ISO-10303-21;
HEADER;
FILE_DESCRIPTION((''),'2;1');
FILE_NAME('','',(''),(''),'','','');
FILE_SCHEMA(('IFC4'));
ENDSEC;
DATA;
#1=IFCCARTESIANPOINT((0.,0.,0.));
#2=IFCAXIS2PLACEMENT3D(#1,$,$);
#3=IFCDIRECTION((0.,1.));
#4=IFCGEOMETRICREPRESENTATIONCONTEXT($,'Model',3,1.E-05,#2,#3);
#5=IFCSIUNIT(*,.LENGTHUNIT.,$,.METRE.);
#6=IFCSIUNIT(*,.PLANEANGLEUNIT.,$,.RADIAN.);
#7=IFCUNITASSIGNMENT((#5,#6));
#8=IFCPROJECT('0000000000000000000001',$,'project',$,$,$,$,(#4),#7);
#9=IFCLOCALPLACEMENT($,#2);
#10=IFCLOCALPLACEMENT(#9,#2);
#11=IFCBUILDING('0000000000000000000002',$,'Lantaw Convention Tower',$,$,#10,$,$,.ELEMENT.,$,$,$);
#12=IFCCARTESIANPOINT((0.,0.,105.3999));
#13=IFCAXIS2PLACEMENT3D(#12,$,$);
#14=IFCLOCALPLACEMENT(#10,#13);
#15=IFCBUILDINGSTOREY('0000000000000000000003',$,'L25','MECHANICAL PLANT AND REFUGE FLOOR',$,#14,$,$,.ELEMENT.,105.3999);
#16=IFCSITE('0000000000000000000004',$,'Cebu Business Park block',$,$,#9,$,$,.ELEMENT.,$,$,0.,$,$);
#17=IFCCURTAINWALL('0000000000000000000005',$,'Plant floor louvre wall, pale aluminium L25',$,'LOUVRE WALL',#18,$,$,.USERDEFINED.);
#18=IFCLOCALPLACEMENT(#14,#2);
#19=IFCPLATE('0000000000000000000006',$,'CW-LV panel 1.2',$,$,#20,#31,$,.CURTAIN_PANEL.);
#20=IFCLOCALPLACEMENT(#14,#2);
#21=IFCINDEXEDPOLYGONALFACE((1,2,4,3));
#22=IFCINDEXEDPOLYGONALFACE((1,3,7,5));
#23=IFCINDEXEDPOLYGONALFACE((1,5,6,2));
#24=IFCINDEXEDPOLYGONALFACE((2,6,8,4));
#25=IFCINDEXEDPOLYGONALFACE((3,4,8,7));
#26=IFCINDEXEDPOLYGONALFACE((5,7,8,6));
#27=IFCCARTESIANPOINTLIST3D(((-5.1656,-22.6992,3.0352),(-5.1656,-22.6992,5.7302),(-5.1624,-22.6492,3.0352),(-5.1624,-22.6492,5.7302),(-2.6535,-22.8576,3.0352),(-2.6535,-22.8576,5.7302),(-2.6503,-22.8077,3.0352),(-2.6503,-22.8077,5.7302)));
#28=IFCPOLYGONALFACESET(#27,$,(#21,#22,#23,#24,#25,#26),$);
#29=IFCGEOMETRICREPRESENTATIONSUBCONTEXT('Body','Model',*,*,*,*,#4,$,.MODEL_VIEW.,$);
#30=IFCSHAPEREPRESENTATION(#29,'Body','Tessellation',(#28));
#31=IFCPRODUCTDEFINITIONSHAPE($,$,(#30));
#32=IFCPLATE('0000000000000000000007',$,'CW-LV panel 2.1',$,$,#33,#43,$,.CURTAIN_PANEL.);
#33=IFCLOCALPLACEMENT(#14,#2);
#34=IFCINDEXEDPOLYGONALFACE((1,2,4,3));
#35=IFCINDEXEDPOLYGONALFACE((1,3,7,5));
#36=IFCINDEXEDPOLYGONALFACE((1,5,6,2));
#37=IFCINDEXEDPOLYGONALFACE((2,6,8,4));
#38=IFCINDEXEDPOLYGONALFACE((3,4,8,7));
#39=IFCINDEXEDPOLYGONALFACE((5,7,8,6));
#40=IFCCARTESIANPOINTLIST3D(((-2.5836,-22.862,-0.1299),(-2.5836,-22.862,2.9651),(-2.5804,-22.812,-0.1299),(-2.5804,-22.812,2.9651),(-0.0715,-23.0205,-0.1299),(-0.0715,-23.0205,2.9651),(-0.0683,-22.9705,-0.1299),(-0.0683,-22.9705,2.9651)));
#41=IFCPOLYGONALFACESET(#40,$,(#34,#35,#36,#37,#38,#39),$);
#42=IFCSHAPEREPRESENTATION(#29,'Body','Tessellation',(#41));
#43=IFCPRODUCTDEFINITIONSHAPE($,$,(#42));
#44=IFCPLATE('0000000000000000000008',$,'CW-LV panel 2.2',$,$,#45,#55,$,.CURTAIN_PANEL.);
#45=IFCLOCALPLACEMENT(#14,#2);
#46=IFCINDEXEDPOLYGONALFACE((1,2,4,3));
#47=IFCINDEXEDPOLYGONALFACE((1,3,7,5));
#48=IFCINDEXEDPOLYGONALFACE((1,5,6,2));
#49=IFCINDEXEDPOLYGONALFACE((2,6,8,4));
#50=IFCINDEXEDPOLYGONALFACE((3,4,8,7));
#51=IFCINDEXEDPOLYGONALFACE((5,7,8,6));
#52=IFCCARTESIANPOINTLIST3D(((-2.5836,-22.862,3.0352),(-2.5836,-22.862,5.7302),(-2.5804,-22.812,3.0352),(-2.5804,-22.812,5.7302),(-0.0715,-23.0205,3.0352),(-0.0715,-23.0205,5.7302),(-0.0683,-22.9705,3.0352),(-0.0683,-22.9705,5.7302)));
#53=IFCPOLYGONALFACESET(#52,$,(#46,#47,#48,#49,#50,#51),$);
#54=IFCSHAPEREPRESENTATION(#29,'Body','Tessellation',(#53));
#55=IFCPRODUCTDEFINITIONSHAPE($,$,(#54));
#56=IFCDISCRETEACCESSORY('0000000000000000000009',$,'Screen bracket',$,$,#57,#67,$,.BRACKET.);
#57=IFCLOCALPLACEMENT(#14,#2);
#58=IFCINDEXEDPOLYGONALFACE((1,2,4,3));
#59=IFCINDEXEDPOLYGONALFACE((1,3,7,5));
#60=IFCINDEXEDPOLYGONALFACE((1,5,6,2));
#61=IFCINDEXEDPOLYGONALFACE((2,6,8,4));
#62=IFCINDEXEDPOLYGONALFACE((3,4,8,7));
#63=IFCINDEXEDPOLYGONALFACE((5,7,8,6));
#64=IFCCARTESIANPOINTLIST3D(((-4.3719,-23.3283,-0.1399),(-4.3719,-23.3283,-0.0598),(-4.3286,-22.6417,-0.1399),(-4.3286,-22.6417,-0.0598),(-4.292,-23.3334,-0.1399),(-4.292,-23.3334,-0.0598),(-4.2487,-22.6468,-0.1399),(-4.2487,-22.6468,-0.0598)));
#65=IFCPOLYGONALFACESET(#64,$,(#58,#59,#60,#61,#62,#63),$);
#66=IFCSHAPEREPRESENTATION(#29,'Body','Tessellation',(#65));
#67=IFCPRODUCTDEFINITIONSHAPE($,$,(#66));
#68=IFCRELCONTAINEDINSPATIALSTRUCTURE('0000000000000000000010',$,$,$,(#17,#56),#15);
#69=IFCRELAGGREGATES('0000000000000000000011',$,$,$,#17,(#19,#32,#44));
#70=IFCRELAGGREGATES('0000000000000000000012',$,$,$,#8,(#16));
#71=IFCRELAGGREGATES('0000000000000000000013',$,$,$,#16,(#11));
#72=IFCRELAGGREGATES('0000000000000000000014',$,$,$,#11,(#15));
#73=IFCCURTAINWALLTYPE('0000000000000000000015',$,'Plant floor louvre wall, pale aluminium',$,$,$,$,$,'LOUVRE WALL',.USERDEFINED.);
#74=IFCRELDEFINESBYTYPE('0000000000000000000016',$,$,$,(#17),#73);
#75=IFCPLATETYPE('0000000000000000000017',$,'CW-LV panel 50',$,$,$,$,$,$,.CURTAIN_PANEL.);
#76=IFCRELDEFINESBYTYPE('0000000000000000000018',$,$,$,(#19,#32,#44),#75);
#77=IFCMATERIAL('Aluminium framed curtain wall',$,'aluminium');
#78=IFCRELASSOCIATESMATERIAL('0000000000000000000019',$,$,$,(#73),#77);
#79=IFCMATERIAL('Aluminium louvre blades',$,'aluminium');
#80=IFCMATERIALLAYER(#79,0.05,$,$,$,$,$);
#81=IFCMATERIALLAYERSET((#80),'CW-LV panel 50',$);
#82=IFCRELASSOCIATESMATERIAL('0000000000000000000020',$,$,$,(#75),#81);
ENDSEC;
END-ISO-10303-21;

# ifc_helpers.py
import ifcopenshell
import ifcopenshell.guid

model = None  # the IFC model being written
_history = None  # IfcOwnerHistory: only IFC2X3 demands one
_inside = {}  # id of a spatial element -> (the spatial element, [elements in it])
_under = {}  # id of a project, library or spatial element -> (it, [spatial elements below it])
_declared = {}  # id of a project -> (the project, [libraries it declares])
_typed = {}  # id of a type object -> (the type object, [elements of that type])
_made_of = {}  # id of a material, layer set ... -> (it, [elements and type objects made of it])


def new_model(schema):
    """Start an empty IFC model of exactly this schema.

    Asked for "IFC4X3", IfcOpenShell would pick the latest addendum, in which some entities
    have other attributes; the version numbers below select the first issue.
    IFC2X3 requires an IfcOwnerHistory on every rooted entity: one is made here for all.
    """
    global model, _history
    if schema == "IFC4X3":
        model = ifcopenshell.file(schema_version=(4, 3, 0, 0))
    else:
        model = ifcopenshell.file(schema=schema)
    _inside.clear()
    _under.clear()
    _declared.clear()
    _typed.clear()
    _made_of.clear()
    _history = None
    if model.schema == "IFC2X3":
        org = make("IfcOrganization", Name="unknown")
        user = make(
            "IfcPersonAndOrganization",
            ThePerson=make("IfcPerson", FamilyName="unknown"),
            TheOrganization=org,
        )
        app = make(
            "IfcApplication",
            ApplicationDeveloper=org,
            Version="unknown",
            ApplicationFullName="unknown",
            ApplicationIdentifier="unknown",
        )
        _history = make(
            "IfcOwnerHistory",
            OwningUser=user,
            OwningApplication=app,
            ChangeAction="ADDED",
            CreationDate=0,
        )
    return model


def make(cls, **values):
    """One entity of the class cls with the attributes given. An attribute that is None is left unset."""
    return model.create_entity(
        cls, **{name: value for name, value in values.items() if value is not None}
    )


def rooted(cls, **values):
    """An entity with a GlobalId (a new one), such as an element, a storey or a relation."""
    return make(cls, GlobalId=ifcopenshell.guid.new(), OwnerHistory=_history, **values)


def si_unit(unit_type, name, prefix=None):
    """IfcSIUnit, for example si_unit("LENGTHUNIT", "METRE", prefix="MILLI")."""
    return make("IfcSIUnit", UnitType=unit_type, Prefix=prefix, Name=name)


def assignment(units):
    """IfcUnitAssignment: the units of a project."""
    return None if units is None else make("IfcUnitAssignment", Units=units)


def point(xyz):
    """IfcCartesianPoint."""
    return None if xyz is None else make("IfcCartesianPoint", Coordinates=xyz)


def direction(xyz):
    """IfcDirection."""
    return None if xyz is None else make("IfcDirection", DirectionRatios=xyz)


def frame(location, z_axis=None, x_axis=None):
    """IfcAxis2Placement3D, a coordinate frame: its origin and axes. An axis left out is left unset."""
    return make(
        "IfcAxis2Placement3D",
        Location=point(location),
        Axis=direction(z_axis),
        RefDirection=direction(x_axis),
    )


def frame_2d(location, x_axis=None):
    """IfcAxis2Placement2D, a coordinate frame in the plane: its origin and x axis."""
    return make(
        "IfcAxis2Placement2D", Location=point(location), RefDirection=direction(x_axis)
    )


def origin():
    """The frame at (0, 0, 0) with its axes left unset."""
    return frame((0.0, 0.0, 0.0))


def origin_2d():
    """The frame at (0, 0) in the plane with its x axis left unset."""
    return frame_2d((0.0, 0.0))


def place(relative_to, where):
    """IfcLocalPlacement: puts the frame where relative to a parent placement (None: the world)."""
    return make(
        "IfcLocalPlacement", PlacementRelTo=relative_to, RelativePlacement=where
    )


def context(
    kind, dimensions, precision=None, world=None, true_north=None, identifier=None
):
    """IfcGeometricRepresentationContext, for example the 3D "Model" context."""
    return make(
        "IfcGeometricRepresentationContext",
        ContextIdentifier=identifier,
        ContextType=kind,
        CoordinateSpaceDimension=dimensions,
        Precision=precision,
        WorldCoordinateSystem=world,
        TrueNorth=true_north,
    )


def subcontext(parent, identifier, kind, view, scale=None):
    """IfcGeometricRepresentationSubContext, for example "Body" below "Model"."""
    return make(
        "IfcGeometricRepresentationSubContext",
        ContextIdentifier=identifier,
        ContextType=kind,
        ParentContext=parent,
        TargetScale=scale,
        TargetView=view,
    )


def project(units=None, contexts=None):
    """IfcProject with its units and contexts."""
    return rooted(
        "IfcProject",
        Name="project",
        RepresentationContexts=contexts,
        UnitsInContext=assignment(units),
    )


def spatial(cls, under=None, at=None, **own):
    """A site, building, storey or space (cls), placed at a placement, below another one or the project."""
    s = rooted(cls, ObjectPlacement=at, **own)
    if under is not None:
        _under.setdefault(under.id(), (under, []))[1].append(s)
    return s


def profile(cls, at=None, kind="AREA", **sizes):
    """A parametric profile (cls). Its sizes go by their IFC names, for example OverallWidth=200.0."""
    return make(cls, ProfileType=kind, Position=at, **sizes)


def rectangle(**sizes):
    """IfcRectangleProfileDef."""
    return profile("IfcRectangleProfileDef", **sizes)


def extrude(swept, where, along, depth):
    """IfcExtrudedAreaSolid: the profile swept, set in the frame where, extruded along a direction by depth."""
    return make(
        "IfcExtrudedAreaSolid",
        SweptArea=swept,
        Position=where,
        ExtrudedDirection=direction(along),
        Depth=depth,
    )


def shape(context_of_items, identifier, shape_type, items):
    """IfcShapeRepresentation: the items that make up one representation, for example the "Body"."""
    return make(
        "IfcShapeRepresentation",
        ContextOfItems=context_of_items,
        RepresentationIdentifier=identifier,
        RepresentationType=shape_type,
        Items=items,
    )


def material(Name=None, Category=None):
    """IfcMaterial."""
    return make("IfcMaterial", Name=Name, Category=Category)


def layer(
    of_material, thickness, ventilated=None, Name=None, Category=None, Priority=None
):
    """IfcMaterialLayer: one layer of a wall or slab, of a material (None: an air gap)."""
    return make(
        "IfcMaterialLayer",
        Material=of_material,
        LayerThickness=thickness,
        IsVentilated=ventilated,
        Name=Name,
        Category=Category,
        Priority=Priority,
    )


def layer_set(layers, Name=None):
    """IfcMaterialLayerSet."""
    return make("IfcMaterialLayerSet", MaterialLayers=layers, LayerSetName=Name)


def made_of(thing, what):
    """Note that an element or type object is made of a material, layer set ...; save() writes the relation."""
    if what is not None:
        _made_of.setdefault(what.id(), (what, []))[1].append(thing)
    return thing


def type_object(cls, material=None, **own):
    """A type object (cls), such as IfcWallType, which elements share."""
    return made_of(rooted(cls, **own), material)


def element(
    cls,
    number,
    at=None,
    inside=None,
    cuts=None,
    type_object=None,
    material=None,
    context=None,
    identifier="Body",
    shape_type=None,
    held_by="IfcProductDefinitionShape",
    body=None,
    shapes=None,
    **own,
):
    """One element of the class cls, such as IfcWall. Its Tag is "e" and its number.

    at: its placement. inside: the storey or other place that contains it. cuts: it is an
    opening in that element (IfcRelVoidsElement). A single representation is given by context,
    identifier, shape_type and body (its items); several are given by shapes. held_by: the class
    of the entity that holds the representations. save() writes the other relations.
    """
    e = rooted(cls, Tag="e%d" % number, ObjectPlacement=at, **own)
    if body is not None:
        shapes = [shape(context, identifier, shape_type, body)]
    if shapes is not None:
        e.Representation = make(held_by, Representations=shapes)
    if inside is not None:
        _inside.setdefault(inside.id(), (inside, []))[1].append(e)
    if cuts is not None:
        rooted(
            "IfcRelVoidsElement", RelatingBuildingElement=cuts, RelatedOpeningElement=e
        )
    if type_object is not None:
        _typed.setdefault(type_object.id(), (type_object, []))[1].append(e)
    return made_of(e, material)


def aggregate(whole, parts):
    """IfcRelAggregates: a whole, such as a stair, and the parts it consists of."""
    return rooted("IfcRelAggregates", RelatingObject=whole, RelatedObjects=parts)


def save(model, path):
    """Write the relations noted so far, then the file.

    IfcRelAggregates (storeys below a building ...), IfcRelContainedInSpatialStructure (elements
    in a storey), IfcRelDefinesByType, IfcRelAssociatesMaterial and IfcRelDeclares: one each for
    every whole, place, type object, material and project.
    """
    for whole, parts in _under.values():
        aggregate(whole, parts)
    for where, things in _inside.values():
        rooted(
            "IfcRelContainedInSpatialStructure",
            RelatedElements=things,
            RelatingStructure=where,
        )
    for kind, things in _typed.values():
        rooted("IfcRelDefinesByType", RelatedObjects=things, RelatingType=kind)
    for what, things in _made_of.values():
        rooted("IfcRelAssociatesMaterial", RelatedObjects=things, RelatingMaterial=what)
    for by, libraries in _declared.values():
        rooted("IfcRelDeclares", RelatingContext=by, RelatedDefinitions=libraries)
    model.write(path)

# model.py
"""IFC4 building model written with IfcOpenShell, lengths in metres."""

from ifc_helpers import new_model, si_unit, direction, frame, origin, origin_2d, place, context, subcontext, project, spatial, rectangle, extrude, material, layer, layer_set, type_object, element, aggregate, save


model = new_model("IFC4")

# Units and contexts
model_context = context("Model", 3, precision=1e-05, world=origin(), true_north=direction((0.0, 1.0)))
body_context = subcontext(model_context, "Body", "Model", "MODEL_VIEW")
ifc_project = project(units=[si_unit("LENGTHUNIT", "METRE"), si_unit("PLANEANGLEUNIT", "RADIAN")], contexts=[model_context])

# Site, building, storey
site_placement = place(None, origin())
site = spatial("IfcSite", under=ifc_project, at=site_placement, Name="Cebu Business Park block", CompositionType="ELEMENT", RefElevation=0.0)
building_placement = place(site_placement, origin())
building = spatial("IfcBuilding", under=site, at=building_placement, Name="Lantaw Convention Tower", CompositionType="ELEMENT")
storey_placement = place(building_placement, frame((0.0, 0.0, 105.3999)))
storey = spatial("IfcBuildingStorey", under=building, at=storey_placement, Name="L25", Description="MECHANICAL PLANT AND REFUGE FLOOR", CompositionType="ELEMENT", Elevation=105.3999)

# Curtain wall
ifc_material_1 = material(Name="Aluminium framed curtain wall", Category="aluminium")
curtain_wall_type = type_object("IfcCurtainWallType", Name="Plant floor louvre wall, pale aluminium", ElementType="LOUVRE WALL", PredefinedType="USERDEFINED", material=ifc_material_1)
curtain_wall_placement = place(storey_placement, origin())
curtain_wall = element("IfcCurtainWall", 1, at=curtain_wall_placement, inside=storey, type_object=curtain_wall_type, Name="Plant floor louvre wall, pale aluminium L25", ObjectType="LOUVRE WALL", PredefinedType="USERDEFINED")

# Plates
ifc_material_2 = material(Name="Aluminium louvre blades", Category="aluminium")
ifc_layer = layer(ifc_material_2, 0.05)
ifc_layer_set = layer_set([ifc_layer], Name="CW-LV panel 50")
plate_type = type_object("IfcPlateType", Name="CW-LV panel 50", PredefinedType="CURTAIN_PANEL", material=ifc_layer_set)
plate_1_placement = place(storey_placement, frame((-3.908, -22.7534, 3.0352), z_axis=(0.0, 0.0, 1.0), x_axis=(0.998016, -0.062958, 0.0)))
plate_1 = element("IfcPlate", 2, at=plate_1_placement, type_object=plate_type, Name="CW-LV panel 1.2", PredefinedType="CURTAIN_PANEL", context=body_context, shape_type="SweptSolid", body=[
    extrude(rectangle(XDim=2.5171, YDim=0.05, at=origin_2d()), origin(), (0.0, 0.0, 1.0), 2.6951),
])
plate_2_placement = place(storey_placement, frame((-1.3259, -22.9163, -0.1299), z_axis=(0.0, 0.0, 1.0), x_axis=(0.998016, -0.062958, 0.0)))
plate_2 = element("IfcPlate", 3, at=plate_2_placement, type_object=plate_type, Name="CW-LV panel 2.1", PredefinedType="CURTAIN_PANEL", context=body_context, shape_type="SweptSolid", body=[
    extrude(rectangle(XDim=2.5171, YDim=0.05, at=origin_2d()), origin(), (0.0, 0.0, 1.0), 3.095),
])
plate_3_placement = place(storey_placement, frame((-1.3259, -22.9163, 3.0352), z_axis=(0.0, 0.0, 1.0), x_axis=(0.998016, -0.062958, 0.0)))
plate_3 = element("IfcPlate", 4, at=plate_3_placement, type_object=plate_type, Name="CW-LV panel 2.2", PredefinedType="CURTAIN_PANEL", context=body_context, shape_type="SweptSolid", body=[
    extrude(rectangle(XDim=2.5171, YDim=0.05, at=origin_2d()), origin(), (0.0, 0.0, 1.0), 2.6951),
])
aggregate(curtain_wall, [plate_1, plate_2, plate_3])

# Discrete accessory
discrete_accessory_placement = place(storey_placement, frame((-4.3103, -22.9875, -0.1399), z_axis=(0.0, 0.0, 1.0), x_axis=(0.998016, -0.062958, 0.0)))
element("IfcDiscreteAccessory", 5, at=discrete_accessory_placement, inside=storey, Name="Screen bracket", PredefinedType="BRACKET", context=body_context, shape_type="SweptSolid", body=[
    extrude(rectangle(XDim=0.0801, YDim=0.688, at=origin_2d()), origin(), (0.0, 0.0, 1.0), 0.0801),
])

save(model, "model.ifc")
